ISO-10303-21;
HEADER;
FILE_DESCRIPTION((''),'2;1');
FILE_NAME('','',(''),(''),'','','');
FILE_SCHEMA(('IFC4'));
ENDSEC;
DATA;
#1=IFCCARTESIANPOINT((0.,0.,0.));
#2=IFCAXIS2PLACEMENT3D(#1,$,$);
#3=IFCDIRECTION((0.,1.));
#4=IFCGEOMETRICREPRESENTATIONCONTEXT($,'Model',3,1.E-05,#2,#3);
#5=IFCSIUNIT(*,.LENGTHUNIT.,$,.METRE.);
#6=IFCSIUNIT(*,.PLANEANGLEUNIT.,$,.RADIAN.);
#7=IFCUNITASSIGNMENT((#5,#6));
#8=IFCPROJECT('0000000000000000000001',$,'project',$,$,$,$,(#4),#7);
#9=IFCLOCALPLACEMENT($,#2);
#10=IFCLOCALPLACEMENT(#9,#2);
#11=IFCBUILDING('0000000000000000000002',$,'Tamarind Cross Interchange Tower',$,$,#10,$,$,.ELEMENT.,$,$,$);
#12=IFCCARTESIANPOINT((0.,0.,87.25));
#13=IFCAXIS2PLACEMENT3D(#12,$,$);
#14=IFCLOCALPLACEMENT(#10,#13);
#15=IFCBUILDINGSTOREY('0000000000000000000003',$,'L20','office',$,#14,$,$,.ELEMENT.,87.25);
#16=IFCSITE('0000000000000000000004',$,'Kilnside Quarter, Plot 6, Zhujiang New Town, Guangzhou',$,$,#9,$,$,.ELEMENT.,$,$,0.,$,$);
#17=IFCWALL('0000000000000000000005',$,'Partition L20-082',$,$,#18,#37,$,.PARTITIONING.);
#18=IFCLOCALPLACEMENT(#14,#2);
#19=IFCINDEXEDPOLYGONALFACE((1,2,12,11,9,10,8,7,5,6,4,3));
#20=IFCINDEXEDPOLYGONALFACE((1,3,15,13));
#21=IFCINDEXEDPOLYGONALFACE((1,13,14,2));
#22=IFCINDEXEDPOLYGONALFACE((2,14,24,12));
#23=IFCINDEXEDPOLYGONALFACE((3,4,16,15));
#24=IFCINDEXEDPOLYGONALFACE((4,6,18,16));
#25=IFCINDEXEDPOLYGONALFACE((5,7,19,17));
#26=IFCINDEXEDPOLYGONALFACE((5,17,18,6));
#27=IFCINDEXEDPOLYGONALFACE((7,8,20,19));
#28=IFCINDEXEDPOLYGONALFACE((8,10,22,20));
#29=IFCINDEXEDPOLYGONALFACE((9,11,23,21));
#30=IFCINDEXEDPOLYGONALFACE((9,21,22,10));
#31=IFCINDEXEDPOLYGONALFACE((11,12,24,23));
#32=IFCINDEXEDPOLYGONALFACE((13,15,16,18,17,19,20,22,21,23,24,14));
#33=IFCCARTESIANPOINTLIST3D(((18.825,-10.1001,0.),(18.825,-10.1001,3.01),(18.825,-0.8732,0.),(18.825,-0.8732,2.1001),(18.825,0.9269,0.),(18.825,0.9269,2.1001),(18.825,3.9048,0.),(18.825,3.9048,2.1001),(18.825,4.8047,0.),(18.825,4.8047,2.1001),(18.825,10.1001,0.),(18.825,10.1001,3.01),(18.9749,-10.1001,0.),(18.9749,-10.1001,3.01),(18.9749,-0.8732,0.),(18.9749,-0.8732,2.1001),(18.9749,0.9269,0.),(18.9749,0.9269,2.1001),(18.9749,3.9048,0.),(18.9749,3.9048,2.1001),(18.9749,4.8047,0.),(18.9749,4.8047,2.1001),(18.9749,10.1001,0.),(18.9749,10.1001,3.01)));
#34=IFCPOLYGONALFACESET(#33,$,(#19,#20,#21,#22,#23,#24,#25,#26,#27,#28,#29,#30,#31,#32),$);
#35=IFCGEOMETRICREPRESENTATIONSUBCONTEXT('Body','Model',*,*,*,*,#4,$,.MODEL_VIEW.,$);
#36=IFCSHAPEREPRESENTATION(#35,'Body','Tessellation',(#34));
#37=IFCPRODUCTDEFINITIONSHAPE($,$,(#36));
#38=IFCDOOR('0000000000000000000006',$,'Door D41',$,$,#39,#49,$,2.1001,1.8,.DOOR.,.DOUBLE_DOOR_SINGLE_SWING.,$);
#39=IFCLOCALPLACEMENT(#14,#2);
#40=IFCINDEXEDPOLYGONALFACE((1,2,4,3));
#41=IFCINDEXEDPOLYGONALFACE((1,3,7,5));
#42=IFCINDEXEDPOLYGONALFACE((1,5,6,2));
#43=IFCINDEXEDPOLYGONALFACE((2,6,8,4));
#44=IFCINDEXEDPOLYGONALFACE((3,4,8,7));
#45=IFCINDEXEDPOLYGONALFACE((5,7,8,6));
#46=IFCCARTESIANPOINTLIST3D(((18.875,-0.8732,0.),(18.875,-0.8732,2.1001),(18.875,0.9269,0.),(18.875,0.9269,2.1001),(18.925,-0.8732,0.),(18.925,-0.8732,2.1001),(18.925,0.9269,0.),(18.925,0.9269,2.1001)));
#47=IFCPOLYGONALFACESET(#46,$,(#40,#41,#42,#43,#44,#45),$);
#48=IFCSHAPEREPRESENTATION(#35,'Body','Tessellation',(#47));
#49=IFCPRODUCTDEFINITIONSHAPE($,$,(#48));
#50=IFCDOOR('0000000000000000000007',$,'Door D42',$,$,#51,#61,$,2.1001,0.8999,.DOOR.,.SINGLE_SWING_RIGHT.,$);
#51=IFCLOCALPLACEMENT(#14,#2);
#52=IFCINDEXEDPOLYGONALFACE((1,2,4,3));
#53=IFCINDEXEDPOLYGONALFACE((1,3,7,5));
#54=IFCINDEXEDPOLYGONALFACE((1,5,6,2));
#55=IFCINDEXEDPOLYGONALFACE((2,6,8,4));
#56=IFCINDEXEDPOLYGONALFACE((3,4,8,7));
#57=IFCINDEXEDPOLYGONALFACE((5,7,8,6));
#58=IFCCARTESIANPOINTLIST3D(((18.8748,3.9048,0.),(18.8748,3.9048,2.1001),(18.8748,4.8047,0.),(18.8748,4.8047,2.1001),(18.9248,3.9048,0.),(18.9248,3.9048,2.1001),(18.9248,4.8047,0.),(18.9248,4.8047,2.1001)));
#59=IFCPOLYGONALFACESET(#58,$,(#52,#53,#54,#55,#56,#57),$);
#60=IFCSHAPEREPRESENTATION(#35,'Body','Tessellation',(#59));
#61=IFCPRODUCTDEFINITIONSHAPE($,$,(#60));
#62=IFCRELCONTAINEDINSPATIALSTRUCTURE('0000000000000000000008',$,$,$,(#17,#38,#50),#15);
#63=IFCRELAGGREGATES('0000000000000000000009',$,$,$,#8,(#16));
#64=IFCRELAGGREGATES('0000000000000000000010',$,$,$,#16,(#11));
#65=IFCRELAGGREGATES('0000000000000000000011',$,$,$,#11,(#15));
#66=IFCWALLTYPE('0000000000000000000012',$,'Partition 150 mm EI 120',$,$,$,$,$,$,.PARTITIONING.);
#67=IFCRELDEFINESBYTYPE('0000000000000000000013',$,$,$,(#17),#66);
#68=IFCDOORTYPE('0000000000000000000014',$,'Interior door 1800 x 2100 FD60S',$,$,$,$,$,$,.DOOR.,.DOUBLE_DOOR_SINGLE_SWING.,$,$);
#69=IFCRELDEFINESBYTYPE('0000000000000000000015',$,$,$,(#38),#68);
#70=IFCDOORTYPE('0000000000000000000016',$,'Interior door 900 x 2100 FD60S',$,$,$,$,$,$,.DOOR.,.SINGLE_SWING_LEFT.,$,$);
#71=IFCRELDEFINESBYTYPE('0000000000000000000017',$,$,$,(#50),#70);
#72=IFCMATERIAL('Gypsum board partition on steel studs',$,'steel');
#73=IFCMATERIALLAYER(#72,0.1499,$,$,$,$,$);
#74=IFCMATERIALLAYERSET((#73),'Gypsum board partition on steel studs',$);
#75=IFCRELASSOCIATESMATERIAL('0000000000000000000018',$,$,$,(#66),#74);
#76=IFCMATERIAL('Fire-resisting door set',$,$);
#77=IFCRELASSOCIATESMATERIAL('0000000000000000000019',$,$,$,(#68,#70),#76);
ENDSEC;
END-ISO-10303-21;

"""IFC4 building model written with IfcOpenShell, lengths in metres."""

from ifc_helpers import new_model, si_unit, direction, frame, frame_2d, origin, place, context, subcontext, project, spatial, rectangle, extrude, material, layer, layer_set, type_object, element, fill, save


model = new_model("IFC4")

# Units and contexts
model_context = context("Model", 3, precision=1e-05, world=origin(), true_north=direction((0.0, 1.0)))
body_context = subcontext(model_context, "Body", "Model", "MODEL_VIEW")
ifc_project = project(units=[si_unit("LENGTHUNIT", "METRE"), si_unit("PLANEANGLEUNIT", "RADIAN")], contexts=[model_context])

# Site, building, storey
site_placement = place(None, origin())
site = spatial("IfcSite", under=ifc_project, at=site_placement, Name="Kilnside Quarter, Plot 6, Zhujiang New Town, Guangzhou", CompositionType="ELEMENT", RefElevation=0.0)
building_placement = place(site_placement, origin())
building = spatial("IfcBuilding", under=site, at=building_placement, Name="Tamarind Cross Interchange Tower", CompositionType="ELEMENT")
storey_placement = place(building_placement, frame((0.0, 0.0, 87.25)))
storey = spatial("IfcBuildingStorey", under=building, at=storey_placement, Name="L20", Description="office", CompositionType="ELEMENT", Elevation=87.25)

# Shared definitions
ifc_material_1 = material(Name="Gypsum board partition on steel studs", Category="steel")
ifc_layer_1 = layer(ifc_material_1, 0.1499)
ifc_layer_set_1 = layer_set([ifc_layer_1], Name="Gypsum board partition on steel studs")
wall_type_1 = type_object("IfcWallType", Name="Partition 150 mm EI 120", PredefinedType="PARTITIONING", material=ifc_layer_set_1)

# Wall, openings, doors
wall_1_placement = place(storey_placement, frame((18.8999, -10.1001, 0.0), z_axis=(0.0, 0.0, 1.0), x_axis=(0.0, 1.0, 0.0)))
wall_1 = element("IfcWall", 1, at=wall_1_placement, inside=storey, type_object=wall_type_1, Name="Partition L20-082", PredefinedType="PARTITIONING", context=body_context, shape_type="SweptSolid", body=[
    extrude(rectangle(XDim=20.2002, YDim=0.1499, at=frame_2d((10.1001, 0.0))), origin(), (0.0, 0.0, 1.0), 3.01),
])
opening_1_placement = place(wall_1_placement, frame((9.2271, 0.0, 0.0)))
opening_1 = element("IfcOpeningElement", 2, at=opening_1_placement, cuts=wall_1, PredefinedType="OPENING", context=body_context, shape_type="SweptSolid", body=[
    extrude(rectangle(XDim=1.8, YDim=2.1001, at=frame_2d((0.8999, 1.05))), frame((0.0, 0.085, 0.0), z_axis=(0.0, -1.0, 0.0), x_axis=(1.0, 0.0, 0.0)), (0.0, 0.0, 1.0), 0.1699),
])
opening_2_placement = place(wall_1_placement, frame((14.0049, 0.0, 0.0)))
opening_2 = element("IfcOpeningElement", 3, at=opening_2_placement, cuts=wall_1, PredefinedType="OPENING", context=body_context, shape_type="SweptSolid", body=[
    extrude(rectangle(XDim=0.8999, YDim=2.1001, at=frame_2d((0.45, 1.05))), frame((0.0, 0.085, 0.0), z_axis=(0.0, -1.0, 0.0), x_axis=(1.0, 0.0, 0.0)), (0.0, 0.0, 1.0), 0.1699),
])
ifc_material_2 = material(Name="Fire-resisting door set")
door_type_1 = type_object("IfcDoorType", Name="Interior door 1800 x 2100 FD60S", OperationType="DOUBLE_DOOR_SINGLE_SWING", PredefinedType="DOOR", material=ifc_material_2)
door_1_placement = place(opening_1_placement, origin())
door_1 = element("IfcDoor", 4, at=door_1_placement, inside=storey, type_object=door_type_1, Name="Door D41", OperationType="DOUBLE_DOOR_SINGLE_SWING", OverallHeight=2.1001, OverallWidth=1.8, PredefinedType="DOOR", context=body_context, shape_type="SweptSolid", body=[
    extrude(rectangle(XDim=1.8, YDim=2.1001, at=frame_2d((0.8999, 1.05))), frame((0.0, 0.0249, 0.0), z_axis=(0.0, -1.0, 0.0), x_axis=(1.0, 0.0, 0.0)), (0.0, 0.0, 1.0), 0.05),
])
fill(opening_1, door_1)
door_type_2 = type_object("IfcDoorType", Name="Interior door 900 x 2100 FD60S", OperationType="SINGLE_SWING_LEFT", PredefinedType="DOOR", material=ifc_material_2)
door_2_placement = place(opening_2_placement, frame((0.8999, 0.0, 0.0), z_axis=(0.0, 0.0, 1.0), x_axis=(-1.0, 0.0, 0.0)))
door_2 = element("IfcDoor", 5, at=door_2_placement, inside=storey, type_object=door_type_2, Name="Door D42", OperationType="SINGLE_SWING_RIGHT", OverallHeight=2.1001, OverallWidth=0.8999, PredefinedType="DOOR", context=body_context, shape_type="SweptSolid", body=[
    extrude(rectangle(XDim=0.8999, YDim=2.1001, at=frame_2d((0.45, 1.05))), frame((0.0, 0.0249, 0.0), z_axis=(0.0, -1.0, 0.0), x_axis=(1.0, 0.0, 0.0)), (0.0, 0.0, 1.0), 0.05),
])
fill(opening_2, door_2)

save(model, "model.ifc")
